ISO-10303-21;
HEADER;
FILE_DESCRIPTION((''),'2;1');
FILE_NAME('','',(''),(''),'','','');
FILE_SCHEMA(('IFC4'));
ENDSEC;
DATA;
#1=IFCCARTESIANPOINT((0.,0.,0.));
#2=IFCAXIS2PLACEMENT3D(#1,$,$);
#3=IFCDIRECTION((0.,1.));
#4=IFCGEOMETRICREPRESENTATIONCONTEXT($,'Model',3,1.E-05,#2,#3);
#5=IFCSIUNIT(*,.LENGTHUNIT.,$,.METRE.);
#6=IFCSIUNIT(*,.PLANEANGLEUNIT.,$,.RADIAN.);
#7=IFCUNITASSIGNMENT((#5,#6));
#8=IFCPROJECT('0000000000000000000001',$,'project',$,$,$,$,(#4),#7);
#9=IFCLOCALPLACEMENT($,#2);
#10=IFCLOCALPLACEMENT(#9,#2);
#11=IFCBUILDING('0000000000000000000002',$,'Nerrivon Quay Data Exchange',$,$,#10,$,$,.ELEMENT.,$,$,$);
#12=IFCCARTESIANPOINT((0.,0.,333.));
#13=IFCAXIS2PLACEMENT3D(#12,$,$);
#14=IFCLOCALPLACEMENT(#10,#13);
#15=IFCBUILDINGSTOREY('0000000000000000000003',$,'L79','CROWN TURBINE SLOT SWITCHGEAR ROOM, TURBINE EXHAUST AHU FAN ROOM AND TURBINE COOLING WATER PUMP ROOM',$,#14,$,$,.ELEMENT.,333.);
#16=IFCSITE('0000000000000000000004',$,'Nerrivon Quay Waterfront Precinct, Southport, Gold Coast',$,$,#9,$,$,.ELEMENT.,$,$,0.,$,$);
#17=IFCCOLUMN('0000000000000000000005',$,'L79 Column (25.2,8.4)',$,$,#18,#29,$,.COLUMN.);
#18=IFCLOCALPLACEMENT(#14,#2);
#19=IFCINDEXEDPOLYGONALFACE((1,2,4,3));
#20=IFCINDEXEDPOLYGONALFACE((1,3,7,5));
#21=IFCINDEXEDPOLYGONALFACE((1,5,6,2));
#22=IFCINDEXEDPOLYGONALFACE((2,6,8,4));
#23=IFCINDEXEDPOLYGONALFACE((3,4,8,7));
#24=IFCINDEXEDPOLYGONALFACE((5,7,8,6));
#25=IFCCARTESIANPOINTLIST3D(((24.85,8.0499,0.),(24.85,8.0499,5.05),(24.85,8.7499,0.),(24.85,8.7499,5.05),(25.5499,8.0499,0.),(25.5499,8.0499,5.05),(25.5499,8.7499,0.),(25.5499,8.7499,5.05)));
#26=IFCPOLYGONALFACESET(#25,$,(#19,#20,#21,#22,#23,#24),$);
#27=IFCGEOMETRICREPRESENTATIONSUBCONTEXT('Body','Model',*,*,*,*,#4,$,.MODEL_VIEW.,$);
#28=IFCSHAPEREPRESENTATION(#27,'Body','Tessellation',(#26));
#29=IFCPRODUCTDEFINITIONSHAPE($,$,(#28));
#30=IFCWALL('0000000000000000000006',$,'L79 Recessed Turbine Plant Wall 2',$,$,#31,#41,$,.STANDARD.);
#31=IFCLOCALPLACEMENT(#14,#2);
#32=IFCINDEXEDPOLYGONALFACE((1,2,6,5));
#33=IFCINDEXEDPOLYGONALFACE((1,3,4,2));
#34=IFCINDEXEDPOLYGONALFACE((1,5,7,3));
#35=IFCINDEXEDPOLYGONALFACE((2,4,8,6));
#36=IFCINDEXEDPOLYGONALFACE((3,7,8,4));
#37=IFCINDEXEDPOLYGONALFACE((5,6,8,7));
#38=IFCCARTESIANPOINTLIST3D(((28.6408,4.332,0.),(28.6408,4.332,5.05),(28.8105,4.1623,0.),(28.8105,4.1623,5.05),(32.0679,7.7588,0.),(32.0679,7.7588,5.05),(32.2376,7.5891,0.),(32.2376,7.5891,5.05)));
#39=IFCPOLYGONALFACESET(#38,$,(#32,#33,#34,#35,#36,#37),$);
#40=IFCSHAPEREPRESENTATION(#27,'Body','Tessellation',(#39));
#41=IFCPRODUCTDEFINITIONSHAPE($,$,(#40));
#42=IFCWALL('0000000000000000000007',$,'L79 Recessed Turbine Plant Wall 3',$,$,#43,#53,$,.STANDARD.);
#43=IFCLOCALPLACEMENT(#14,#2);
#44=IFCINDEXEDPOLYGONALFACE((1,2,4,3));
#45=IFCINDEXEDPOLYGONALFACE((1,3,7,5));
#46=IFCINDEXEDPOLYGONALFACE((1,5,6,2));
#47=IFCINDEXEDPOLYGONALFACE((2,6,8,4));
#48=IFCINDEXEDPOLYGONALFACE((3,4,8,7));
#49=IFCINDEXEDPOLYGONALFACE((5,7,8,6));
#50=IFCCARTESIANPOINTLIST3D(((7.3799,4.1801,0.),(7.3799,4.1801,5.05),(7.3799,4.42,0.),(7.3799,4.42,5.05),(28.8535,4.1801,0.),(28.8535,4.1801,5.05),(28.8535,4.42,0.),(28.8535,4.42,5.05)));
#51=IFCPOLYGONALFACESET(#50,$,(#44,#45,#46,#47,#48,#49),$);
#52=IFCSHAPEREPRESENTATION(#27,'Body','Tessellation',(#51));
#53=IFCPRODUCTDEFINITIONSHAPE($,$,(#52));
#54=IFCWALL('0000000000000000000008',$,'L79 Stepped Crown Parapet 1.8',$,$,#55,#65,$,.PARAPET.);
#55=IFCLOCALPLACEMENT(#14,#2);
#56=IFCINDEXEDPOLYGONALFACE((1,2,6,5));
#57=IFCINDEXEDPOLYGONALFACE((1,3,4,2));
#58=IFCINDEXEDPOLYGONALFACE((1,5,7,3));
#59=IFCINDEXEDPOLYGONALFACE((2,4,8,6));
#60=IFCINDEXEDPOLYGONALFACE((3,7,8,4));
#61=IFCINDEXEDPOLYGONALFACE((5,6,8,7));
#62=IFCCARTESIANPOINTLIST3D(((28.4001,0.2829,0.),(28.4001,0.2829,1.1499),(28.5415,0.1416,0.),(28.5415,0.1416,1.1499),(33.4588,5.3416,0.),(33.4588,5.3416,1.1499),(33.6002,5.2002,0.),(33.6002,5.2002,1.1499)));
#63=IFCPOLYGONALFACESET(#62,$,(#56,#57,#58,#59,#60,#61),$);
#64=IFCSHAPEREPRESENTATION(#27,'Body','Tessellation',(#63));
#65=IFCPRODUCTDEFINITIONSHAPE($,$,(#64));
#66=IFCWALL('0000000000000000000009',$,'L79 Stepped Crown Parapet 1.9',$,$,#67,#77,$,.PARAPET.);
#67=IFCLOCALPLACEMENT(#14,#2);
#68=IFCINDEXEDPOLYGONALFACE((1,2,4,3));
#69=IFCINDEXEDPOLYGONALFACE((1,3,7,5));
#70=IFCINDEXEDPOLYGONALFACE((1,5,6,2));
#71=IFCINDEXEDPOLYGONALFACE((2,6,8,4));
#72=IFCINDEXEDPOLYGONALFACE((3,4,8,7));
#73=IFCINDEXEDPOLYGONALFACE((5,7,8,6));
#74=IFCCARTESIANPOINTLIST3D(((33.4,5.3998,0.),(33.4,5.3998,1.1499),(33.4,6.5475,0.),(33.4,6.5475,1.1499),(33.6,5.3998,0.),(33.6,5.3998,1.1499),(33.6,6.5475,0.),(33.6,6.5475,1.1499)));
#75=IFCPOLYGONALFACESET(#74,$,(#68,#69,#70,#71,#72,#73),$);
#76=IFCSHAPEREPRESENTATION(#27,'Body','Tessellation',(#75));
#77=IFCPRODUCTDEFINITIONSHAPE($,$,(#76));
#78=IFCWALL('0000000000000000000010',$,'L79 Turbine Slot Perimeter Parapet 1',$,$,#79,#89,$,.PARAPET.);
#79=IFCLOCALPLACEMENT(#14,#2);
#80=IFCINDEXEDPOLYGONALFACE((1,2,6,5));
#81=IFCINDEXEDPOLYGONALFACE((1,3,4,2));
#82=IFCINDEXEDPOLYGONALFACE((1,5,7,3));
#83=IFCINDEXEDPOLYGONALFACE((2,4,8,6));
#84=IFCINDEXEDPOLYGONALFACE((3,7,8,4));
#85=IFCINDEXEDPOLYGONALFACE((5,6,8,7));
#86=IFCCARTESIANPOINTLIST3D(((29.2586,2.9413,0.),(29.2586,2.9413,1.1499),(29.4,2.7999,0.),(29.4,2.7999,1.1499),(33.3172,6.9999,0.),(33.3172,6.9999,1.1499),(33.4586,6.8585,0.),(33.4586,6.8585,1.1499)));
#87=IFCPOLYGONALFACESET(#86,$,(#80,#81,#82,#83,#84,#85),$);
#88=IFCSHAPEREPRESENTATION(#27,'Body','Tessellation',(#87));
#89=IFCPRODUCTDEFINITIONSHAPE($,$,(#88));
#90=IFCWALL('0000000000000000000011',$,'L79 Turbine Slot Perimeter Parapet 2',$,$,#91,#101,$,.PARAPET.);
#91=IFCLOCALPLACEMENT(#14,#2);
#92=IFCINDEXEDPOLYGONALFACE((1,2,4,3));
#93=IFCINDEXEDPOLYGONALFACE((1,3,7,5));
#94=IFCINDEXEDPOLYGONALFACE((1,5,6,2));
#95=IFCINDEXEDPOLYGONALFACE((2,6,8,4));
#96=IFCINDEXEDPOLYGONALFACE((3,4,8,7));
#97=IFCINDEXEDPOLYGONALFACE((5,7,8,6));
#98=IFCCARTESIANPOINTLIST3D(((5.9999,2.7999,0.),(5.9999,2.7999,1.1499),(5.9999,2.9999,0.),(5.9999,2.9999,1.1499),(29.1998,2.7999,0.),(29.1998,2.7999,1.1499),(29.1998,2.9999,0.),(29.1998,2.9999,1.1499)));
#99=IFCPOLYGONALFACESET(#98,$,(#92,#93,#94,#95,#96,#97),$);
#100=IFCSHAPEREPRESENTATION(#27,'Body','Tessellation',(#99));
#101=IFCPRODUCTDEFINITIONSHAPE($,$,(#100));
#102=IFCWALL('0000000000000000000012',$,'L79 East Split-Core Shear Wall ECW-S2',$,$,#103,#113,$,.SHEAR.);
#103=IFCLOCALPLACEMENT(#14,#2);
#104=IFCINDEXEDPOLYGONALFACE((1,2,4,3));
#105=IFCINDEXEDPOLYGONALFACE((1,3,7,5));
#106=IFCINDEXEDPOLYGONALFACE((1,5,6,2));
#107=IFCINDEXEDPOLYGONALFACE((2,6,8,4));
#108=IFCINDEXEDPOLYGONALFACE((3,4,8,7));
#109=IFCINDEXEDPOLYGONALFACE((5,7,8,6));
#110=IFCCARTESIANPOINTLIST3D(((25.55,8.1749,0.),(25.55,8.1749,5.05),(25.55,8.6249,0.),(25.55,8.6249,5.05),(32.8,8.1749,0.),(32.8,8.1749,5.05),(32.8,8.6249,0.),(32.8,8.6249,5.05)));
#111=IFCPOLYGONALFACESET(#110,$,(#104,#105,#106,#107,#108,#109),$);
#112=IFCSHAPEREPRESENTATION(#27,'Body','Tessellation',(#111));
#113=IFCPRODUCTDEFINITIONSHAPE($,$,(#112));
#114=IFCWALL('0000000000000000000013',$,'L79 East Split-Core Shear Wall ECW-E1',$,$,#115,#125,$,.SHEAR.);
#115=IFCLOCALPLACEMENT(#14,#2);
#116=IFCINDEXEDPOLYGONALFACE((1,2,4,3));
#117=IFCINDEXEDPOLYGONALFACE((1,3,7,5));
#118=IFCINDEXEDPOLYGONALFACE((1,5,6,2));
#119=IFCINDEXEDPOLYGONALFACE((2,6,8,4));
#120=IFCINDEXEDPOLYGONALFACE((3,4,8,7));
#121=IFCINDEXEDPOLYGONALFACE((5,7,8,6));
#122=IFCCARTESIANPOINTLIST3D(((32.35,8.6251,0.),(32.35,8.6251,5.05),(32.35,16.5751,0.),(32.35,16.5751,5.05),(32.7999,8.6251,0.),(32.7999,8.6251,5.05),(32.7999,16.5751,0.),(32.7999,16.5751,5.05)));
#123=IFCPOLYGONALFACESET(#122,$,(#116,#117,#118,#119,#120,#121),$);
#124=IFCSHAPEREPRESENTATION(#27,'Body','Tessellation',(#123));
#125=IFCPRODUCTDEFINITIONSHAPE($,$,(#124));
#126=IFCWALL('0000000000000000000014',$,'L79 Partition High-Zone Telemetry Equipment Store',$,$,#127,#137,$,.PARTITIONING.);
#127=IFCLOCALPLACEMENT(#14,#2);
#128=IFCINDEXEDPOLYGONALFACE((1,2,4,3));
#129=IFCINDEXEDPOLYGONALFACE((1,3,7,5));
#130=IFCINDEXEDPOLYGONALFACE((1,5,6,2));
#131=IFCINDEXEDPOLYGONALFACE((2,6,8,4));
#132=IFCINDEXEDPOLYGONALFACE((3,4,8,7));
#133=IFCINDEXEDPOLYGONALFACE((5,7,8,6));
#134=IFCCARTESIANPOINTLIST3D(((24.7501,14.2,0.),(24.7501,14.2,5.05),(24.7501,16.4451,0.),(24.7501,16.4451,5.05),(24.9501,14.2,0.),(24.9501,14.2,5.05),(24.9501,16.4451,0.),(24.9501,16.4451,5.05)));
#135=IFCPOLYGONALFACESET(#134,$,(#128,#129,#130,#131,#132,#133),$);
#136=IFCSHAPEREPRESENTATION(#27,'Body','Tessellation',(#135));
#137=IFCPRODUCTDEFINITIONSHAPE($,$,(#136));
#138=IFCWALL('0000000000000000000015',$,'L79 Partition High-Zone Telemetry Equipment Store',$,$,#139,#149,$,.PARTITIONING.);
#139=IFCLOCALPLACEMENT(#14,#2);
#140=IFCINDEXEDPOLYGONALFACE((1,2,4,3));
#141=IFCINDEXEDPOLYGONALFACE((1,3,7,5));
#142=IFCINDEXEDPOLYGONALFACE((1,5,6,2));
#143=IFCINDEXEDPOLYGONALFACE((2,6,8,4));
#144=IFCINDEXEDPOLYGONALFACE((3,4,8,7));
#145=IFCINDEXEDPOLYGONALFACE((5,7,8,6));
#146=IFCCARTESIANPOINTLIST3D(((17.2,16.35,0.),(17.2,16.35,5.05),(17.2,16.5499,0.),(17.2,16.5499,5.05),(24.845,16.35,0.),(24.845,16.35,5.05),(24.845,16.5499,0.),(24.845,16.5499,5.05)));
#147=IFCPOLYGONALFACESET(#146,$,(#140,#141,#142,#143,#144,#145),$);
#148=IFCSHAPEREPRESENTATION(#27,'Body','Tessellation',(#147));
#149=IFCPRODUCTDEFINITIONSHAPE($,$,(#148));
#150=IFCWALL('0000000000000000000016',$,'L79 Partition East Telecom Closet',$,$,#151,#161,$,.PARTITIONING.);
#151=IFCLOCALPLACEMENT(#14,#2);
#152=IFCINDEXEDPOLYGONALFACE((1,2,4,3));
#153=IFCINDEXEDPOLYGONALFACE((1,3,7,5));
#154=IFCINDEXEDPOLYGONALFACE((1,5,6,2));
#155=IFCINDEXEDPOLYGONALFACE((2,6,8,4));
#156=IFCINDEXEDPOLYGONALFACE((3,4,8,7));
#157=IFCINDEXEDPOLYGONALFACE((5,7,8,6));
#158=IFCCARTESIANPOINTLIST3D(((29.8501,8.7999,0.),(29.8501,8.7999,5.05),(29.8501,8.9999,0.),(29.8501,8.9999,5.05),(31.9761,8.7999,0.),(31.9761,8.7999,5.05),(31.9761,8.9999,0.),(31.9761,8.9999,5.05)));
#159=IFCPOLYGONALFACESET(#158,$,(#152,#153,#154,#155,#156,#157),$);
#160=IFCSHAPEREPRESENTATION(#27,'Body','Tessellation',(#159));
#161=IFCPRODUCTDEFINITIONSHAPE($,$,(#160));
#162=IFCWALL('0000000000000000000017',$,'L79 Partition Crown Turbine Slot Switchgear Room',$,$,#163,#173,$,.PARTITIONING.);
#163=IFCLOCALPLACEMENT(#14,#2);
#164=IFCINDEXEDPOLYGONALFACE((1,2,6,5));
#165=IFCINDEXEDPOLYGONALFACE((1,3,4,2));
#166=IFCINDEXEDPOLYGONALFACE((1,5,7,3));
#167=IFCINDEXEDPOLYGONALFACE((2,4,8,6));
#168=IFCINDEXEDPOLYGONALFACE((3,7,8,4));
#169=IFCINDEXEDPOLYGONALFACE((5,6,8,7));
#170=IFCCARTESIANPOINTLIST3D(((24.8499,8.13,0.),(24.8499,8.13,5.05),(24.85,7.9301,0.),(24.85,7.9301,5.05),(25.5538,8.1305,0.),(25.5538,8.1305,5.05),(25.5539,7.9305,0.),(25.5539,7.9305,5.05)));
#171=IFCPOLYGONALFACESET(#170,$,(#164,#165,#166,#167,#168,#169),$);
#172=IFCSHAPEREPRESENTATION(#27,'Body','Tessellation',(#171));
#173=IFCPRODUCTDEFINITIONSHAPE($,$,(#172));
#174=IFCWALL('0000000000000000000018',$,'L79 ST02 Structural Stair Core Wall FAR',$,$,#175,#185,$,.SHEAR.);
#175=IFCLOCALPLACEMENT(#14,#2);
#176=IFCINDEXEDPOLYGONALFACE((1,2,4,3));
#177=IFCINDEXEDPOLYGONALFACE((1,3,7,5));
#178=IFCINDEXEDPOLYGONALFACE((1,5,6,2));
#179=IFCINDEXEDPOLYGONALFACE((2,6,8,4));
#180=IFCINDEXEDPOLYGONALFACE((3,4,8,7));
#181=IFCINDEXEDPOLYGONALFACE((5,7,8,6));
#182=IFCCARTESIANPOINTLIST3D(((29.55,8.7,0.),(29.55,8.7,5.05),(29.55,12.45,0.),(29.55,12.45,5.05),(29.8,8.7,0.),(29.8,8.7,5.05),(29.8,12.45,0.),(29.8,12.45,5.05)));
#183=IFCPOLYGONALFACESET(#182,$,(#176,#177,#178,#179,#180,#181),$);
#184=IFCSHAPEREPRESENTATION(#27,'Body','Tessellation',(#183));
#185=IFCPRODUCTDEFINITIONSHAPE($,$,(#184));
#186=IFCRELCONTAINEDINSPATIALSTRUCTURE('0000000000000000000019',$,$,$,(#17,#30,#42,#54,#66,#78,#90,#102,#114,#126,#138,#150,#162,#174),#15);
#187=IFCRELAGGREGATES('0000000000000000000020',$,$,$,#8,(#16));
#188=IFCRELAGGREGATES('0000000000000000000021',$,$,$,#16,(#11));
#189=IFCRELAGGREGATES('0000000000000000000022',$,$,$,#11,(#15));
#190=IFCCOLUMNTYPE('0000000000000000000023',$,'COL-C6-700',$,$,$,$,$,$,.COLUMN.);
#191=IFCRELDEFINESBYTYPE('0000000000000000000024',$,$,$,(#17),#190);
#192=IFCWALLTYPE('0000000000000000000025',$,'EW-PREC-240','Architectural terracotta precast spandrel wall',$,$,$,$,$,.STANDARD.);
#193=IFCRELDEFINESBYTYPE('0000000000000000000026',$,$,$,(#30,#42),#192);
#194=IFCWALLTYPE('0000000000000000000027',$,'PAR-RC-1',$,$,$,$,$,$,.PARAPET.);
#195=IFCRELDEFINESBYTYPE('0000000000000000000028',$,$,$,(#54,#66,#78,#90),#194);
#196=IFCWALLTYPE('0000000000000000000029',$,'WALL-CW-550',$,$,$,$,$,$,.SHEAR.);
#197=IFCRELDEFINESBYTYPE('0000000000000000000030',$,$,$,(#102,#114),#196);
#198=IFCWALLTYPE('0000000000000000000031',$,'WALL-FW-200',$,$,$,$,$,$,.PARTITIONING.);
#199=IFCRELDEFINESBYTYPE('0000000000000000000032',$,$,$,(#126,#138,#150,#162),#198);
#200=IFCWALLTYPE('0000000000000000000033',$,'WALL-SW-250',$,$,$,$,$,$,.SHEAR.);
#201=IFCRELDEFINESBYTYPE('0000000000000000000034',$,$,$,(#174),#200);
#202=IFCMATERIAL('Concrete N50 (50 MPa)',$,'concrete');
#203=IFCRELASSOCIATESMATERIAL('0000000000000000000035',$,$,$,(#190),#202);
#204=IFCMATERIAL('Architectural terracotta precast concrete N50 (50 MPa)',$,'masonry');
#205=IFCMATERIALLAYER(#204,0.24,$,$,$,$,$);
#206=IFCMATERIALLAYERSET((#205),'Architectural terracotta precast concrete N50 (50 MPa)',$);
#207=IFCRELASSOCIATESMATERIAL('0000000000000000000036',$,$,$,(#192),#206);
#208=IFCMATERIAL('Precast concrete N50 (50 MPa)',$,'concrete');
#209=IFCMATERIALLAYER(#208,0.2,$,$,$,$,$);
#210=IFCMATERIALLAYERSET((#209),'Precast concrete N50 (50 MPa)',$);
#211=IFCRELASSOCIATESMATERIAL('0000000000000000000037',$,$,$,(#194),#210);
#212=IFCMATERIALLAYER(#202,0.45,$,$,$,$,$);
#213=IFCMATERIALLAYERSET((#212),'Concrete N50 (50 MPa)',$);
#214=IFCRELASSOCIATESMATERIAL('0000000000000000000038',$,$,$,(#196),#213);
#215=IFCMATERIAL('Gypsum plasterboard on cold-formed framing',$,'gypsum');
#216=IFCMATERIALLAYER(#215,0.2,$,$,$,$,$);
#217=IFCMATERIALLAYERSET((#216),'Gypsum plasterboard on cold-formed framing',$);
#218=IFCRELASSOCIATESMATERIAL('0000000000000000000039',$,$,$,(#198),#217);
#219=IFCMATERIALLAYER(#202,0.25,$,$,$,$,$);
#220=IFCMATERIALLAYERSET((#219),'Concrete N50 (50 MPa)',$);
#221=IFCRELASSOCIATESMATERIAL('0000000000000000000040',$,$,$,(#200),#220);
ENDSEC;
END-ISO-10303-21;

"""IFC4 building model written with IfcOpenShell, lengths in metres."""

from ifc_helpers import new_model, si_unit, direction, frame, frame_2d, origin, origin_2d, place, context, subcontext, project, spatial, rectangle, extrude, material, layer, layer_set, material_profile, profile_set, type_object, element, save


model = new_model("IFC4")

# Units and contexts
model_context = context("Model", 3, precision=1e-05, world=origin(), true_north=direction((0.0, 1.0)))
body_context = subcontext(model_context, "Body", "Model", "MODEL_VIEW")
ifc_project = project(units=[si_unit("LENGTHUNIT", "METRE"), si_unit("PLANEANGLEUNIT", "RADIAN")], contexts=[model_context])

# Site, building, storey
site_placement = place(None, origin())
site = spatial("IfcSite", under=ifc_project, at=site_placement, Name="Nerrivon Quay Waterfront Precinct, Southport, Gold Coast", CompositionType="ELEMENT", RefElevation=0.0)
building_placement = place(site_placement, origin())
building = spatial("IfcBuilding", under=site, at=building_placement, Name="Nerrivon Quay Data Exchange", CompositionType="ELEMENT")
storey_placement = place(building_placement, frame((0.0, 0.0, 333.0)))
storey = spatial("IfcBuildingStorey", under=building, at=storey_placement, Name="L79", Description="CROWN TURBINE SLOT SWITCHGEAR ROOM, TURBINE EXHAUST AHU FAN ROOM AND TURBINE COOLING WATER PUMP ROOM", CompositionType="ELEMENT", Elevation=333.0)

# Column
ifc_material_1 = material(Name="Concrete N50 (50 MPa)", Category="concrete")
ifc_material_profile = material_profile(ifc_material_1, rectangle(XDim=0.7, YDim=0.7, at=origin_2d()), Name="RC-COL-700x700")
ifc_profile_set = profile_set([ifc_material_profile], Name="Concrete N50 (50 MPa)")
column_type = type_object("IfcColumnType", Name="COL-C6-700", PredefinedType="COLUMN", material=ifc_profile_set)
column_placement = place(storey_placement, frame((25.2, 8.3999, 0.0), z_axis=(0.0, 0.0, 1.0), x_axis=(1.0, 0.0, 0.0)))
element("IfcColumn", 1, at=column_placement, inside=storey, type_object=column_type, Name="L79 Column (25.2,8.4)", PredefinedType="COLUMN", context=body_context, shape_type="SweptSolid", body=[
    extrude(rectangle(XDim=0.7, YDim=0.7, at=origin_2d()), origin(), (0.0, 0.0, 1.0), 5.05),
])

# Walls
ifc_material_2 = material(Name="Architectural terracotta precast concrete N50 (50 MPa)", Category="masonry")
ifc_layer_1 = layer(ifc_material_2, 0.24)
ifc_layer_set_1 = layer_set([ifc_layer_1], Name="Architectural terracotta precast concrete N50 (50 MPa)")
wall_type_1 = type_object("IfcWallType", Name="EW-PREC-240", Description="Architectural terracotta precast spandrel wall", PredefinedType="STANDARD", material=ifc_layer_set_1)
wall_1_placement = place(storey_placement, frame((32.1528, 7.6741, 0.0), z_axis=(0.0, 0.0, 1.0), x_axis=(-0.707132, -0.707082, 0.0)))
element("IfcWall", 2, at=wall_1_placement, inside=storey, type_object=wall_type_1, Name="L79 Recessed Turbine Plant Wall 2", PredefinedType="STANDARD", context=body_context, shape_type="SweptSolid", body=[
    extrude(rectangle(XDim=4.8464, YDim=0.24, at=frame_2d((2.4233, 0.0))), origin(), (0.0, 0.0, 1.0), 5.05),
])
wall_2_placement = place(storey_placement, frame((28.8535, 4.3, 0.0), z_axis=(0.0, 0.0, 1.0), x_axis=(-1.0, 0.0, 0.0)))
element("IfcWall", 3, at=wall_2_placement, inside=storey, type_object=wall_type_1, Name="L79 Recessed Turbine Plant Wall 3", PredefinedType="STANDARD", context=body_context, shape_type="SweptSolid", body=[
    extrude(rectangle(XDim=21.4736, YDim=0.24, at=frame_2d((10.7368, 0.0))), origin(), (0.0, 0.0, 1.0), 5.05),
])
ifc_material_3 = material(Name="Precast concrete N50 (50 MPa)", Category="concrete")
ifc_layer_2 = layer(ifc_material_3, 0.2)
ifc_layer_set_2 = layer_set([ifc_layer_2], Name="Precast concrete N50 (50 MPa)")
wall_type_2 = type_object("IfcWallType", Name="PAR-RC-1", PredefinedType="PARAPET", material=ifc_layer_set_2)
wall_3_placement = place(storey_placement, frame((28.4707, 0.2122, 0.0), z_axis=(0.0, 0.0, 1.0), x_axis=(0.707107, 0.707107, 0.0)))
element("IfcWall", 4, at=wall_3_placement, inside=storey, type_object=wall_type_2, Name="L79 Stepped Crown Parapet 1.8", PredefinedType="PARAPET", context=body_context, shape_type="SweptSolid", body=[
    extrude(rectangle(XDim=7.1541, YDim=0.2, at=frame_2d((3.5771, 0.0))), origin(), (0.0, 0.0, 1.0), 1.1499),
])
wall_4_placement = place(storey_placement, frame((33.5, 5.3999, 0.0), z_axis=(0.0, 0.0, 1.0), x_axis=(0.0, 1.0, 0.0)))
element("IfcWall", 5, at=wall_4_placement, inside=storey, type_object=wall_type_2, Name="L79 Stepped Crown Parapet 1.9", PredefinedType="PARAPET", context=body_context, shape_type="SweptSolid", body=[
    extrude(rectangle(XDim=1.1477, YDim=0.2, at=frame_2d((0.5737, 0.0))), origin(), (0.0, 0.0, 1.0), 1.1499),
])
wall_5_placement = place(storey_placement, frame((33.3879, 6.9292, 0.0), z_axis=(0.0, 0.0, 1.0), x_axis=(-0.707107, -0.707107, 0.0)))
element("IfcWall", 6, at=wall_5_placement, inside=storey, type_object=wall_type_2, Name="L79 Turbine Slot Perimeter Parapet 1", PredefinedType="PARAPET", context=body_context, shape_type="SweptSolid", body=[
    extrude(rectangle(XDim=5.7397, YDim=0.2, at=frame_2d((2.8699, 0.0))), origin(), (0.0, 0.0, 1.0), 1.1499),
])
wall_6_placement = place(storey_placement, frame((29.2, 2.8999, 0.0), z_axis=(0.0, 0.0, 1.0), x_axis=(-1.0, 0.0, 0.0)))
element("IfcWall", 7, at=wall_6_placement, inside=storey, type_object=wall_type_2, Name="L79 Turbine Slot Perimeter Parapet 2", PredefinedType="PARAPET", context=body_context, shape_type="SweptSolid", body=[
    extrude(rectangle(XDim=23.2, YDim=0.2, at=frame_2d((11.6001, 0.0))), origin(), (0.0, 0.0, 1.0), 1.1499),
])
ifc_layer_3 = layer(ifc_material_1, 0.45)
ifc_layer_set_3 = layer_set([ifc_layer_3], Name="Concrete N50 (50 MPa)")
wall_type_3 = type_object("IfcWallType", Name="WALL-CW-550", PredefinedType="SHEAR", material=ifc_layer_set_3)
wall_7_placement = place(storey_placement, frame((25.55, 8.3999, 0.0), z_axis=(0.0, 0.0, 1.0), x_axis=(1.0, 0.0, 0.0)))
element("IfcWall", 8, at=wall_7_placement, inside=storey, type_object=wall_type_3, Name="L79 East Split-Core Shear Wall ECW-S2", PredefinedType="SHEAR", context=body_context, shape_type="SweptSolid", body=[
    extrude(rectangle(XDim=7.25, YDim=0.45, at=frame_2d((3.625, 0.0))), origin(), (0.0, 0.0, 1.0), 5.05),
])
wall_8_placement = place(storey_placement, frame((32.575, 8.625, 0.0), z_axis=(0.0, 0.0, 1.0), x_axis=(0.0, 1.0, 0.0)))
element("IfcWall", 9, at=wall_8_placement, inside=storey, type_object=wall_type_3, Name="L79 East Split-Core Shear Wall ECW-E1", PredefinedType="SHEAR", context=body_context, shape_type="SweptSolid", body=[
    extrude(rectangle(XDim=7.95, YDim=0.45, at=frame_2d((3.9751, 0.0))), origin(), (0.0, 0.0, 1.0), 5.05),
])
ifc_material_4 = material(Name="Gypsum plasterboard on cold-formed framing", Category="gypsum")
ifc_layer_4 = layer(ifc_material_4, 0.2)
ifc_layer_set_4 = layer_set([ifc_layer_4], Name="Gypsum plasterboard on cold-formed framing")
wall_type_4 = type_object("IfcWallType", Name="WALL-FW-200", PredefinedType="PARTITIONING", material=ifc_layer_set_4)
wall_9_placement = place(storey_placement, frame((24.8501, 14.2, 0.0), z_axis=(0.0, 0.0, 1.0), x_axis=(0.0, 1.0, 0.0)))
element("IfcWall", 10, at=wall_9_placement, inside=storey, type_object=wall_type_4, Name="L79 Partition High-Zone Telemetry Equipment Store", PredefinedType="PARTITIONING", context=body_context, shape_type="SweptSolid", body=[
    extrude(rectangle(XDim=2.2451, YDim=0.2, at=frame_2d((1.1226, 0.0))), origin(), (0.0, 0.0, 1.0), 5.05),
])
wall_10_placement = place(storey_placement, frame((24.845, 16.45, 0.0), z_axis=(0.0, 0.0, 1.0), x_axis=(-1.0, 0.0, 0.0)))
element("IfcWall", 11, at=wall_10_placement, inside=storey, type_object=wall_type_4, Name="L79 Partition High-Zone Telemetry Equipment Store", PredefinedType="PARTITIONING", context=body_context, shape_type="SweptSolid", body=[
    extrude(rectangle(XDim=7.645, YDim=0.2, at=frame_2d((3.8225, 0.0))), origin(), (0.0, 0.0, 1.0), 5.05),
])

# Walls
wall_11_placement = place(storey_placement, frame((29.8501, 8.8999, 0.0), z_axis=(0.0, 0.0, 1.0), x_axis=(1.0, 0.0, 0.0)))
element("IfcWall", 12, at=wall_11_placement, inside=storey, type_object=wall_type_4, Name="L79 Partition East Telecom Closet", PredefinedType="PARTITIONING", context=body_context, shape_type="SweptSolid", body=[
    extrude(rectangle(XDim=2.126, YDim=0.2, at=frame_2d((1.063, 0.0))), origin(), (0.0, 0.0, 1.0), 5.05),
])
wall_12_placement = place(storey_placement, frame((25.554, 8.0305, 0.0), z_axis=(0.0, 0.0, 1.0), x_axis=(-1.0, -0.000694, 0.0)))
element("IfcWall", 13, at=wall_12_placement, inside=storey, type_object=wall_type_4, Name="L79 Partition Crown Turbine Slot Switchgear Room", PredefinedType="PARTITIONING", context=body_context, shape_type="SweptSolid", body=[
    extrude(rectangle(XDim=0.7039, YDim=0.2, at=frame_2d((0.3521, 0.0))), origin(), (0.0, 0.0, 1.0), 5.05),
])
ifc_layer_5 = layer(ifc_material_1, 0.25)
ifc_layer_set_5 = layer_set([ifc_layer_5], Name="Concrete N50 (50 MPa)")
wall_type_5 = type_object("IfcWallType", Name="WALL-SW-250", PredefinedType="SHEAR", material=ifc_layer_set_5)
wall_13_placement = place(storey_placement, frame((29.675, 8.7, 0.0), z_axis=(0.0, 0.0, 1.0), x_axis=(0.0, 1.0, 0.0)))
element("IfcWall", 14, at=wall_13_placement, inside=storey, type_object=wall_type_5, Name="L79 ST02 Structural Stair Core Wall FAR", PredefinedType="SHEAR", context=body_context, shape_type="SweptSolid", body=[
    extrude(rectangle(XDim=3.75, YDim=0.25, at=frame_2d((1.875, 0.0))), origin(), (0.0, 0.0, 1.0), 5.05),
])

save(model, "model.ifc")
